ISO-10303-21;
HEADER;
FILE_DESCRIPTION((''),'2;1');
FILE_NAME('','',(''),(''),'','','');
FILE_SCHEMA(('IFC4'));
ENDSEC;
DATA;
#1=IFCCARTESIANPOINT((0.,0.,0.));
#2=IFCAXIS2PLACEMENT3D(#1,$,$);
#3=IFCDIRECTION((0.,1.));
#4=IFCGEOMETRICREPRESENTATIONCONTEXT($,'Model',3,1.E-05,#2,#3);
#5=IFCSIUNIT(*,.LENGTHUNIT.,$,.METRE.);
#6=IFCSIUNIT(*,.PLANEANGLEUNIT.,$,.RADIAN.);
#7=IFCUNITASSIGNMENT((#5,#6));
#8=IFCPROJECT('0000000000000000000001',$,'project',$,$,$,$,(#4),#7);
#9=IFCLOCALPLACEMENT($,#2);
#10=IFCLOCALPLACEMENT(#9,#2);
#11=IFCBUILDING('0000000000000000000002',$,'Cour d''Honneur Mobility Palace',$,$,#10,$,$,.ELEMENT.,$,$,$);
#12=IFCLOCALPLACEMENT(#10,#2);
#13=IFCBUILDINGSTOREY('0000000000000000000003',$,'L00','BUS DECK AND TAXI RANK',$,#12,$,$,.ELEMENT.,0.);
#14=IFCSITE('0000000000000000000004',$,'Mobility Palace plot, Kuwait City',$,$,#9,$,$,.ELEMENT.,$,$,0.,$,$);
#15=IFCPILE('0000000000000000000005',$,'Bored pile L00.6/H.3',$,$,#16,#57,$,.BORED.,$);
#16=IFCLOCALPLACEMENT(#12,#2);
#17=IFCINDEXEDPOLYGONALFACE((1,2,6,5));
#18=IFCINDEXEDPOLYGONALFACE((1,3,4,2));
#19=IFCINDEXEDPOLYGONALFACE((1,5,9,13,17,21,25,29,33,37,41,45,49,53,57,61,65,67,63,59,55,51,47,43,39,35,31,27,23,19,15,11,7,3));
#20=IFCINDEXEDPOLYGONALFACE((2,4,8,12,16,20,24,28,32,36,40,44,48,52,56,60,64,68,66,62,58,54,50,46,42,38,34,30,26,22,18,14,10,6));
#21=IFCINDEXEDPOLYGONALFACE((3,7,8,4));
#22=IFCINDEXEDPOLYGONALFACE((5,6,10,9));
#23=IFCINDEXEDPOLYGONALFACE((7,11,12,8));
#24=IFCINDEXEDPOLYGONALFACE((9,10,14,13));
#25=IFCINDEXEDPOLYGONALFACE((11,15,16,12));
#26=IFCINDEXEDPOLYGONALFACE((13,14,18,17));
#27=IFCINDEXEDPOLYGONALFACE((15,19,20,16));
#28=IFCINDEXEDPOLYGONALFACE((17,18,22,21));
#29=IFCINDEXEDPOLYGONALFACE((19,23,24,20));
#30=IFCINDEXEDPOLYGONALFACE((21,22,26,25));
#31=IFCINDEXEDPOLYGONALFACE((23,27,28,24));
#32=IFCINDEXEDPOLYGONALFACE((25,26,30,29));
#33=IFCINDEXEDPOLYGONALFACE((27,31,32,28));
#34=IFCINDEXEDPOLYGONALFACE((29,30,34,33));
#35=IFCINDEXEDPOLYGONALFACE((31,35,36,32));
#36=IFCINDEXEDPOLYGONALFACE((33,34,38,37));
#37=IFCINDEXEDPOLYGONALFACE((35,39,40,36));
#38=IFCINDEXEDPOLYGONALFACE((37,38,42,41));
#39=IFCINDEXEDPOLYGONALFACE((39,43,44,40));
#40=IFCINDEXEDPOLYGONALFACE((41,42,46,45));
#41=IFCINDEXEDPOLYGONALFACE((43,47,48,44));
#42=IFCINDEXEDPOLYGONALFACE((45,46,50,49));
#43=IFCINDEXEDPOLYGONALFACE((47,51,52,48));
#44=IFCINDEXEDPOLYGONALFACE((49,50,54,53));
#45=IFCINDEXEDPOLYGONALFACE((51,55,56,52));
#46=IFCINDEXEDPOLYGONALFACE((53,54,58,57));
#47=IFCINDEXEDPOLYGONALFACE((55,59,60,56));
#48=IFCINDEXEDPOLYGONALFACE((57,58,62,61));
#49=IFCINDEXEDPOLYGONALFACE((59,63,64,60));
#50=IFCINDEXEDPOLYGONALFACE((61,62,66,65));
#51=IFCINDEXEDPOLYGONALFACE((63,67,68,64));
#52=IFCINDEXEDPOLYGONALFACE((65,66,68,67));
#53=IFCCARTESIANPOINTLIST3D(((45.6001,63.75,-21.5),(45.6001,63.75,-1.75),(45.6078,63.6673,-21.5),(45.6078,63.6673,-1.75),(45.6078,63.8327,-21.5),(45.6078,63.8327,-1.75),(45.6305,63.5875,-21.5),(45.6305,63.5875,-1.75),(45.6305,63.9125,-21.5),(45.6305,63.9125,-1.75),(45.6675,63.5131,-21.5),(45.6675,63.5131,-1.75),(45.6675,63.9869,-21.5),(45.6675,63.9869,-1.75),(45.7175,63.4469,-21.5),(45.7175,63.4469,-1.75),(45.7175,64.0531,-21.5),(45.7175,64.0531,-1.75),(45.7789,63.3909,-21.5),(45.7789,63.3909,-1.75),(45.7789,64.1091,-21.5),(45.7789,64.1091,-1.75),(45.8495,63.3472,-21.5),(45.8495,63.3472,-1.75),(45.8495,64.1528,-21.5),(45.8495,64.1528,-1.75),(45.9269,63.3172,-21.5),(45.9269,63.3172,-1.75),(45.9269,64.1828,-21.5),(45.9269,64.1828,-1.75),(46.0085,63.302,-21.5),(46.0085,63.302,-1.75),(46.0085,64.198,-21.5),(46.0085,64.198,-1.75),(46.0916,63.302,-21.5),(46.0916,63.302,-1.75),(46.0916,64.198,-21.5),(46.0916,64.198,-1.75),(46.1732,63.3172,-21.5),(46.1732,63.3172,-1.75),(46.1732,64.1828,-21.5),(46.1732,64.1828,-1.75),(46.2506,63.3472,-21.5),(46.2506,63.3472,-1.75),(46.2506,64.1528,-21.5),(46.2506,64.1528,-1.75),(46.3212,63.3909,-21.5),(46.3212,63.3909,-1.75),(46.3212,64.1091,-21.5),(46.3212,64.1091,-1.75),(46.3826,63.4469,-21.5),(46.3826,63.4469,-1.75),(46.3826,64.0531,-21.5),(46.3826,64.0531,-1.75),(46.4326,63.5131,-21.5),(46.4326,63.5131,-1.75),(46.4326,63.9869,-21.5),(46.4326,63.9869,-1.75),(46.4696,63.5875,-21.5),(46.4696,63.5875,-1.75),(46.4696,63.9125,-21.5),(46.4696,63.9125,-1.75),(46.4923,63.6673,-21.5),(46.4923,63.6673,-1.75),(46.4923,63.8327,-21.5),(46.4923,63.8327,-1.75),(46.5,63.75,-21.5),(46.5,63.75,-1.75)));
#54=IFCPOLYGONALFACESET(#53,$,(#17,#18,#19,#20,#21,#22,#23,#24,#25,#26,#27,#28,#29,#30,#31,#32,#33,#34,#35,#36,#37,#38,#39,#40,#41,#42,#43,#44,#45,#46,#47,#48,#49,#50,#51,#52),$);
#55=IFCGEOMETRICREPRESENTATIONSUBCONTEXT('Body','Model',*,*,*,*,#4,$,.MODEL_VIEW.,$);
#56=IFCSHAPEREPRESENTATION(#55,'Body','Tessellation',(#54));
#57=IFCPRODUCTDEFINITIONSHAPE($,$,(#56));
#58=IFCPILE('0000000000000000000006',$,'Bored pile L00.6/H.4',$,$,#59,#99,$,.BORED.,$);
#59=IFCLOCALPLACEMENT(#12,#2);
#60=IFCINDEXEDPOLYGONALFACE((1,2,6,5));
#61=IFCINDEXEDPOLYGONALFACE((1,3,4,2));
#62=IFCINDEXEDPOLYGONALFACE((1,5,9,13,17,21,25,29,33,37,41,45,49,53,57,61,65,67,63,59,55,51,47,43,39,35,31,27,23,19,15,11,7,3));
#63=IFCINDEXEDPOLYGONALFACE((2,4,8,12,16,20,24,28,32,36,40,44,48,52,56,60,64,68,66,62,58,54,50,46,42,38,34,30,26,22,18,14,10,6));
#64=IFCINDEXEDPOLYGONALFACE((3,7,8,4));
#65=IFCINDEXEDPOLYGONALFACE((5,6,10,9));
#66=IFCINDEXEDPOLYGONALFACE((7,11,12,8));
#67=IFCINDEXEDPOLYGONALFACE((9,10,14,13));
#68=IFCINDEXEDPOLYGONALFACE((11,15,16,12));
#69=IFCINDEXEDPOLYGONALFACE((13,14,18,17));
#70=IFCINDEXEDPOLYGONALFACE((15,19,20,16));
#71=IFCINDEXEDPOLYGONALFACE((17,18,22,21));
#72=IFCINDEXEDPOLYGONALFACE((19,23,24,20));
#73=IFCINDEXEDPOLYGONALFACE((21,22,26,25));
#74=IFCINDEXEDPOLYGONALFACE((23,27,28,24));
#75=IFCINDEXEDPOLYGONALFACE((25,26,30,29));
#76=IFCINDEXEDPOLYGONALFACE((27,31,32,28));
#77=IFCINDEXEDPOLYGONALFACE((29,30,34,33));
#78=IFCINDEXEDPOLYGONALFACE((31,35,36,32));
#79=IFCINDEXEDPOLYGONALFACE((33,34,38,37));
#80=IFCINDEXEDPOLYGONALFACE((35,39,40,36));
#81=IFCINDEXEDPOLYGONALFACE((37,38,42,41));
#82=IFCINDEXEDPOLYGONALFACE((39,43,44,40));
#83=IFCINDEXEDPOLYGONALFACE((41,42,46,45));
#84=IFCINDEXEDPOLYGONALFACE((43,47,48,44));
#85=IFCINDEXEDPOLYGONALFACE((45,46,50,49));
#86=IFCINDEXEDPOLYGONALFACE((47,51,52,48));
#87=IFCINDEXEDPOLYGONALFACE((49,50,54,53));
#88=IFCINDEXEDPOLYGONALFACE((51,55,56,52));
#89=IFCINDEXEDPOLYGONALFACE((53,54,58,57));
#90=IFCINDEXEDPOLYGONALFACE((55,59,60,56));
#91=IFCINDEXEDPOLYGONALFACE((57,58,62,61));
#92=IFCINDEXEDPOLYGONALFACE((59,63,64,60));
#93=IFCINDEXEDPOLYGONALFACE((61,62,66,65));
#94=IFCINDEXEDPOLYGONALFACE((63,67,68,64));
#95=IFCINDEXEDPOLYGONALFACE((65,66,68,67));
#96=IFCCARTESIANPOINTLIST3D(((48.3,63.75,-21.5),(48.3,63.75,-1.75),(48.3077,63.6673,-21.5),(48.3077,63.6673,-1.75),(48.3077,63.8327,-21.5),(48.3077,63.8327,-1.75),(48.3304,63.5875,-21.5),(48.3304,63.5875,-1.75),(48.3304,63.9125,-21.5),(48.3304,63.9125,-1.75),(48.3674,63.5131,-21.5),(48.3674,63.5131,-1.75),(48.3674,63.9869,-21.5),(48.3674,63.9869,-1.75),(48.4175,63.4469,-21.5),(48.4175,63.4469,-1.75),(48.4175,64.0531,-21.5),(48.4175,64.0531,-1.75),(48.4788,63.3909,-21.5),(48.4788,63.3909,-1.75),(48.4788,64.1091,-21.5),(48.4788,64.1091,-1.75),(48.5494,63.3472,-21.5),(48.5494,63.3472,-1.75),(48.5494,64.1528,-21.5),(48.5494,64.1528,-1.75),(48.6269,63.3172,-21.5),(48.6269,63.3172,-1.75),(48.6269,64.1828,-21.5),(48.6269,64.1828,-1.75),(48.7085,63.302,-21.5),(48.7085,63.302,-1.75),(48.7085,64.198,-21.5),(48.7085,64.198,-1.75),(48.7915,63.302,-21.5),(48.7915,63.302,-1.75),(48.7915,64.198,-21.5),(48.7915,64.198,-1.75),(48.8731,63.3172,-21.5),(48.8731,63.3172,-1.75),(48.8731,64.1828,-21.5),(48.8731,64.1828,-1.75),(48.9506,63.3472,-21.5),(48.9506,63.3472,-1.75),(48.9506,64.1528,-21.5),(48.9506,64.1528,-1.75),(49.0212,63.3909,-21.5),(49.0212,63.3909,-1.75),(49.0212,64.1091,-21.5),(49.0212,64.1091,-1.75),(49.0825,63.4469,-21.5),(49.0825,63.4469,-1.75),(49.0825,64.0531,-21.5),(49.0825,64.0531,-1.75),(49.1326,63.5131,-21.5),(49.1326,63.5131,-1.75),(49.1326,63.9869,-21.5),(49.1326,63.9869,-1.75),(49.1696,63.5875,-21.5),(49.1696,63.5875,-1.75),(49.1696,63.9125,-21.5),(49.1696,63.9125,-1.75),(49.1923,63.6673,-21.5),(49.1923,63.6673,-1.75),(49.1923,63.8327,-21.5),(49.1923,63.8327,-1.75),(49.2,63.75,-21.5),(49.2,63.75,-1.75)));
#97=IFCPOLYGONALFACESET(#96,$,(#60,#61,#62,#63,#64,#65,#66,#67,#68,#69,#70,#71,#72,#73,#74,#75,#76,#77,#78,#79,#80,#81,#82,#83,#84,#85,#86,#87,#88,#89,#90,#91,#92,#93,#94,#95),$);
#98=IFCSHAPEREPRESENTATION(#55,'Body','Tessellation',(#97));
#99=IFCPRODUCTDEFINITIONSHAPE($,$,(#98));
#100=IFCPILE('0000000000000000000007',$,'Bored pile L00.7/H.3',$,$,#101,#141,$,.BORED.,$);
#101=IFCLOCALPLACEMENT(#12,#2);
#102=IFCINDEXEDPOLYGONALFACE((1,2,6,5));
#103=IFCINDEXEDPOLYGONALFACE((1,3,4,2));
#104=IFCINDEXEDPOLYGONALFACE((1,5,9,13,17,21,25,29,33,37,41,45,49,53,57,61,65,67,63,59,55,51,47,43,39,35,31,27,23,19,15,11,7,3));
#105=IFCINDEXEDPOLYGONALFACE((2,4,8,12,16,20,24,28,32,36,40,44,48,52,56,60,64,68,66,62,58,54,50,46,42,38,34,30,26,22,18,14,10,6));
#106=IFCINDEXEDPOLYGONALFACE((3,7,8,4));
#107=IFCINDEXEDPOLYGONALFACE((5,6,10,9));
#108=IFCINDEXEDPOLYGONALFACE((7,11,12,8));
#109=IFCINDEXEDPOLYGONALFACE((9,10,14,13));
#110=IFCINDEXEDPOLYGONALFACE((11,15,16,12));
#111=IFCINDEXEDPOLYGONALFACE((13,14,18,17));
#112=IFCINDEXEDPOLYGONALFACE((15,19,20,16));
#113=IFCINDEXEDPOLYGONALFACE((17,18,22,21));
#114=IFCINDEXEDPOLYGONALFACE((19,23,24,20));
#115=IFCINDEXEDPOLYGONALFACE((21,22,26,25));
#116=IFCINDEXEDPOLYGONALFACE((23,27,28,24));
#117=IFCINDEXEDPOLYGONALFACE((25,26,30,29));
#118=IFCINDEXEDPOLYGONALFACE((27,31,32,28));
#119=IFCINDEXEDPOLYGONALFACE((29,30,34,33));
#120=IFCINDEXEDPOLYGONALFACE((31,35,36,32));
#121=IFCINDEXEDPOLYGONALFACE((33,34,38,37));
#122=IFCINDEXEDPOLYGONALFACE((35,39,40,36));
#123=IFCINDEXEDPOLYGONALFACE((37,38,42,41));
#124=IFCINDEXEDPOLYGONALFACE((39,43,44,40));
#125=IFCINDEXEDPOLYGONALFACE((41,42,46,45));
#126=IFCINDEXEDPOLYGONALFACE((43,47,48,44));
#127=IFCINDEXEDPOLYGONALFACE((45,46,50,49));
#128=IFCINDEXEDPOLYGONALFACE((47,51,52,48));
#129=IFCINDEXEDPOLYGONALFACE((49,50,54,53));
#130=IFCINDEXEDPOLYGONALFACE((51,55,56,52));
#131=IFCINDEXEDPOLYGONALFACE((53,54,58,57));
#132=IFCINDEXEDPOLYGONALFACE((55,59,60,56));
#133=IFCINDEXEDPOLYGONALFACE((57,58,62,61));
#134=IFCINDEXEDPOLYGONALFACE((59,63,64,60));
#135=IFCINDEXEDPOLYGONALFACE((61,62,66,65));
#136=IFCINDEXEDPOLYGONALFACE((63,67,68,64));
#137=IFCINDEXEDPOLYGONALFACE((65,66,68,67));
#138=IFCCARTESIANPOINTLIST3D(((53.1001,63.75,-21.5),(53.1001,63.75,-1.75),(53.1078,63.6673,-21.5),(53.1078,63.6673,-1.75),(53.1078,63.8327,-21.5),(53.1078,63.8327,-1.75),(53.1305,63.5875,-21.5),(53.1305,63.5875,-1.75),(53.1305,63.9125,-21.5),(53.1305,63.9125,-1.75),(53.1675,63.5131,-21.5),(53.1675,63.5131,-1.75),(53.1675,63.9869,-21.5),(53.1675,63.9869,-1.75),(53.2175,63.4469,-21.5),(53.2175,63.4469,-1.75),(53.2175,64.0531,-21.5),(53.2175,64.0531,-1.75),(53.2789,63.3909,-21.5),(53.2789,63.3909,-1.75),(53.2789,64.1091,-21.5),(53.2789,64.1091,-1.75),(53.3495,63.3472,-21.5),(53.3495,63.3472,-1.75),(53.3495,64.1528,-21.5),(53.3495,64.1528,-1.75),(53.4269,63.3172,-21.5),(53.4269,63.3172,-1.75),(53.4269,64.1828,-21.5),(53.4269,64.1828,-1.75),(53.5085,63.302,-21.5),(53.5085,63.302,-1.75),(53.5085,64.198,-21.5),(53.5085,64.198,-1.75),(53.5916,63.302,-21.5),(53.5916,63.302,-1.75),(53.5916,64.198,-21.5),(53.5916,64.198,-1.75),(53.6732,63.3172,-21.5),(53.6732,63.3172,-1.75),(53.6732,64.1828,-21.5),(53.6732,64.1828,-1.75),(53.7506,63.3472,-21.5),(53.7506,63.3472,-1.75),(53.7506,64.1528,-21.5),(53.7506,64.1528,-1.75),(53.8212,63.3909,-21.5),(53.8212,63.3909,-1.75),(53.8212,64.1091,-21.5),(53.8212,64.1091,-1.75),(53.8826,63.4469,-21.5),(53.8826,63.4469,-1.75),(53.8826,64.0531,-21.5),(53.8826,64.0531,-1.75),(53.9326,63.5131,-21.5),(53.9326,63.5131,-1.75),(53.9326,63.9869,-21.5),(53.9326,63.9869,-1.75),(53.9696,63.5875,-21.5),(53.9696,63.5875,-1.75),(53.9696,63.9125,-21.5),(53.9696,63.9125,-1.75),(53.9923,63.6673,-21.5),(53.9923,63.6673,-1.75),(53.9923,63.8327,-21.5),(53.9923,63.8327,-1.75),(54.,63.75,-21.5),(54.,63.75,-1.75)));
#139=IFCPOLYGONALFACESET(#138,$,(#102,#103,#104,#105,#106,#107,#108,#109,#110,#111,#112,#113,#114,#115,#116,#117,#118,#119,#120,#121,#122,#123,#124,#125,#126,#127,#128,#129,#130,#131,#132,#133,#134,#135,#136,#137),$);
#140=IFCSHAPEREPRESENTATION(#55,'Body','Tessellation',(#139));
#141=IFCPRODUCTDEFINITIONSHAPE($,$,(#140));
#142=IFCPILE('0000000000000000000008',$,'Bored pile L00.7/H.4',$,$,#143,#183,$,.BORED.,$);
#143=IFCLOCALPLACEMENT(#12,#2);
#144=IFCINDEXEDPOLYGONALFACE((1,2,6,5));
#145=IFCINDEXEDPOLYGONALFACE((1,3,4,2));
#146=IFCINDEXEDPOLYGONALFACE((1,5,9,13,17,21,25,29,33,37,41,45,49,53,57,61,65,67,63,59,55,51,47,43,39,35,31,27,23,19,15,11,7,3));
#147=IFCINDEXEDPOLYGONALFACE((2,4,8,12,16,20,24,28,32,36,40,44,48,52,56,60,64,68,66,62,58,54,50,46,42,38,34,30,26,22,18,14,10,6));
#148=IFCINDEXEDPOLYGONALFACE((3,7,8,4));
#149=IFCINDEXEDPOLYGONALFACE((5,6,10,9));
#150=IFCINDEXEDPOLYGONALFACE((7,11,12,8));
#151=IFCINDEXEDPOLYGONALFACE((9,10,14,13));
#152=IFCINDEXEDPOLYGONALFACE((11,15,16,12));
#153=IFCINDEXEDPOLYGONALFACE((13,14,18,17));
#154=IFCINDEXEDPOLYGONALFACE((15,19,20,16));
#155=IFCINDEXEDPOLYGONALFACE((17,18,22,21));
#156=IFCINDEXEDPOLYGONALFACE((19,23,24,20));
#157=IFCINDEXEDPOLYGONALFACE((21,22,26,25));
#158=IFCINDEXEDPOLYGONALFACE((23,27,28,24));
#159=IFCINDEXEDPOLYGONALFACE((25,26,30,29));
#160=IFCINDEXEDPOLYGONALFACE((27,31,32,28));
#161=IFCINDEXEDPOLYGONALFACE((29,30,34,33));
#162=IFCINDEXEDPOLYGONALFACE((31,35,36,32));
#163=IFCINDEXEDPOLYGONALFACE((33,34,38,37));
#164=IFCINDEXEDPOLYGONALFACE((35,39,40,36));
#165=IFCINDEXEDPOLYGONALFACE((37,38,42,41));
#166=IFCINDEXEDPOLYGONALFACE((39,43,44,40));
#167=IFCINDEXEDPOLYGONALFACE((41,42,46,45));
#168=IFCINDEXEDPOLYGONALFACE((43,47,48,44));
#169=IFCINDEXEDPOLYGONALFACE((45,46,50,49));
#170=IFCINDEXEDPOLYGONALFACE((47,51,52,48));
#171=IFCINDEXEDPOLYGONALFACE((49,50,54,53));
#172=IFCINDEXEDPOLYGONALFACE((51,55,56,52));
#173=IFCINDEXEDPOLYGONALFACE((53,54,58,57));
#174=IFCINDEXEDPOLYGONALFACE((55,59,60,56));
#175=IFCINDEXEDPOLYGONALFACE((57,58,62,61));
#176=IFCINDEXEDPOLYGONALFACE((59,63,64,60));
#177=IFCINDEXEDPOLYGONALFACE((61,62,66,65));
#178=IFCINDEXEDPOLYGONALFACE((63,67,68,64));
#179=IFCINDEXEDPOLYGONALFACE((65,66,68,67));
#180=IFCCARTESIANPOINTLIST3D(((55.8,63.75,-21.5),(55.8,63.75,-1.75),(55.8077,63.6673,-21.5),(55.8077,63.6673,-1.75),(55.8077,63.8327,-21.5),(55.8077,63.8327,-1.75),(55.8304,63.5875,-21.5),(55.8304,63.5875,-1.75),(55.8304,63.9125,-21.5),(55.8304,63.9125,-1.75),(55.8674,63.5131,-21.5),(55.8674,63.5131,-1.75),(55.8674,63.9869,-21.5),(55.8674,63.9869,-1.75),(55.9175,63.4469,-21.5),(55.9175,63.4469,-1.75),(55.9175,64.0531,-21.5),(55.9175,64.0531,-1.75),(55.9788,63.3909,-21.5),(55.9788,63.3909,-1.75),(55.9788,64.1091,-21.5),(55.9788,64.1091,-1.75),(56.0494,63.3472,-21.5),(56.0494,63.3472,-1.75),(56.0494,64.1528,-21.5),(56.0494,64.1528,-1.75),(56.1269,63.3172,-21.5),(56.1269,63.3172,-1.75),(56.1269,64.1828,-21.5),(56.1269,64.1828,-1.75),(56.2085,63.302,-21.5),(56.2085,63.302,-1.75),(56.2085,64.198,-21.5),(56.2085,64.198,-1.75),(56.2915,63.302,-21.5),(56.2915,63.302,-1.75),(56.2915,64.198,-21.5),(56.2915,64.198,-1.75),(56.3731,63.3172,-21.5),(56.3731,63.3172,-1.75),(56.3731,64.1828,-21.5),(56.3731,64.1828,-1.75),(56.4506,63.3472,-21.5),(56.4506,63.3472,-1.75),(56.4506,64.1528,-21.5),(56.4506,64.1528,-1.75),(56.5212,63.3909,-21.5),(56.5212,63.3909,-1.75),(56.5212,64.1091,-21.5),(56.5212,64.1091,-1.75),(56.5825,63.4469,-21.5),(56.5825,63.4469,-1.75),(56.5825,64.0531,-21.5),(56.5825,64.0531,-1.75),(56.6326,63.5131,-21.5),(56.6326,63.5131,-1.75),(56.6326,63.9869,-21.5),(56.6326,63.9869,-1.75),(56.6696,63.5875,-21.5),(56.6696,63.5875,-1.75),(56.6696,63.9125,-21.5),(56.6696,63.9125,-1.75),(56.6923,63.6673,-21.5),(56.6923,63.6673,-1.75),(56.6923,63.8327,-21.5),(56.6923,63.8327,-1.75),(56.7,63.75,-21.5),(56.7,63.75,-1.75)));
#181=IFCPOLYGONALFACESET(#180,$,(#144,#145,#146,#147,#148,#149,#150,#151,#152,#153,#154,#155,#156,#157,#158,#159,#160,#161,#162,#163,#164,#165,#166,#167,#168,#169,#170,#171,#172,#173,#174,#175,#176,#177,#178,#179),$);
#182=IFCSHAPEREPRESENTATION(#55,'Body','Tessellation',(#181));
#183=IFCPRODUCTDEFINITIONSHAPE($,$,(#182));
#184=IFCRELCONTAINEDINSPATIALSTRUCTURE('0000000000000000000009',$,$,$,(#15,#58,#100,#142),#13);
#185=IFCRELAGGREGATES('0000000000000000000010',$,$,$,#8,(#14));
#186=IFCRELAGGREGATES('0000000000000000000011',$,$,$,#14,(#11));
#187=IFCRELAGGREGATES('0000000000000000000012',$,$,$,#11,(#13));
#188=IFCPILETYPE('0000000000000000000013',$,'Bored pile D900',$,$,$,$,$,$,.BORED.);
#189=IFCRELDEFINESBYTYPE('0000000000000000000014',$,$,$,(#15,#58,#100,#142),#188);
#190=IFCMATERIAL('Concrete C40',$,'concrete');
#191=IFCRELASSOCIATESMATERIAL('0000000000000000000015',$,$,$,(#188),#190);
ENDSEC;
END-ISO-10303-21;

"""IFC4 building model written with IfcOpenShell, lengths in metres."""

from ifc_helpers import new_model, si_unit, direction, frame, origin, origin_2d, place, context, subcontext, project, spatial, circle, extrude, material, material_profile, profile_set, type_object, element, save


model = new_model("IFC4")

# Units and contexts
model_context = context("Model", 3, precision=1e-05, world=origin(), true_north=direction((0.0, 1.0)))
body_context = subcontext(model_context, "Body", "Model", "MODEL_VIEW")
ifc_project = project(units=[si_unit("LENGTHUNIT", "METRE"), si_unit("PLANEANGLEUNIT", "RADIAN")], contexts=[model_context])

# Site, building, storey
site_placement = place(None, origin())
site = spatial("IfcSite", under=ifc_project, at=site_placement, Name="Mobility Palace plot, Kuwait City", CompositionType="ELEMENT", RefElevation=0.0)
building_placement = place(site_placement, origin())
building = spatial("IfcBuilding", under=site, at=building_placement, Name="Cour d'Honneur Mobility Palace", CompositionType="ELEMENT")
storey_placement = place(building_placement, origin())
storey = spatial("IfcBuildingStorey", under=building, at=storey_placement, Name="L00", Description="BUS DECK AND TAXI RANK", CompositionType="ELEMENT", Elevation=0.0)

# Piles
ifc_material_1 = material(Name="Concrete C40", Category="concrete")
ifc_material_profile_1 = material_profile(ifc_material_1, circle(Radius=0.45, at=origin_2d()), Name="Bored pile D900")
ifc_profile_set_1 = profile_set([ifc_material_profile_1], Name="Concrete C40")
pile_type_1 = type_object("IfcPileType", Name="Bored pile D900", PredefinedType="BORED", material=ifc_profile_set_1)
for number, where, z_axis, x_axis, name in (
    (1, (46.05, 63.75, -1.75), (0.0, 0.0, -1.0), (1.0, 0.0, 0.0), "Bored pile L00.6/H.3"),
    (2, (48.75, 63.75, -1.75), (0.0, 0.0, -1.0), (1.0, 0.0, 0.0), "Bored pile L00.6/H.4"),
    (3, (53.55, 63.75, -1.75), (0.0, 0.0, -1.0), (1.0, 0.0, 0.0), "Bored pile L00.7/H.3"),
    (4, (56.25, 63.75, -1.75), (0.0, 0.0, -1.0), (1.0, 0.0, 0.0), "Bored pile L00.7/H.4"),
):
    element("IfcPile", number, at=place(storey_placement, frame(where, z_axis=z_axis, x_axis=x_axis)), inside=storey, type_object=pile_type_1, Name=name, PredefinedType="BORED", context=body_context, shape_type="SweptSolid", body=[
        extrude(circle(Radius=0.45, at=origin_2d()), origin(), (0.0, 0.0, 1.0), 19.75),
    ])

save(model, "model.ifc")
